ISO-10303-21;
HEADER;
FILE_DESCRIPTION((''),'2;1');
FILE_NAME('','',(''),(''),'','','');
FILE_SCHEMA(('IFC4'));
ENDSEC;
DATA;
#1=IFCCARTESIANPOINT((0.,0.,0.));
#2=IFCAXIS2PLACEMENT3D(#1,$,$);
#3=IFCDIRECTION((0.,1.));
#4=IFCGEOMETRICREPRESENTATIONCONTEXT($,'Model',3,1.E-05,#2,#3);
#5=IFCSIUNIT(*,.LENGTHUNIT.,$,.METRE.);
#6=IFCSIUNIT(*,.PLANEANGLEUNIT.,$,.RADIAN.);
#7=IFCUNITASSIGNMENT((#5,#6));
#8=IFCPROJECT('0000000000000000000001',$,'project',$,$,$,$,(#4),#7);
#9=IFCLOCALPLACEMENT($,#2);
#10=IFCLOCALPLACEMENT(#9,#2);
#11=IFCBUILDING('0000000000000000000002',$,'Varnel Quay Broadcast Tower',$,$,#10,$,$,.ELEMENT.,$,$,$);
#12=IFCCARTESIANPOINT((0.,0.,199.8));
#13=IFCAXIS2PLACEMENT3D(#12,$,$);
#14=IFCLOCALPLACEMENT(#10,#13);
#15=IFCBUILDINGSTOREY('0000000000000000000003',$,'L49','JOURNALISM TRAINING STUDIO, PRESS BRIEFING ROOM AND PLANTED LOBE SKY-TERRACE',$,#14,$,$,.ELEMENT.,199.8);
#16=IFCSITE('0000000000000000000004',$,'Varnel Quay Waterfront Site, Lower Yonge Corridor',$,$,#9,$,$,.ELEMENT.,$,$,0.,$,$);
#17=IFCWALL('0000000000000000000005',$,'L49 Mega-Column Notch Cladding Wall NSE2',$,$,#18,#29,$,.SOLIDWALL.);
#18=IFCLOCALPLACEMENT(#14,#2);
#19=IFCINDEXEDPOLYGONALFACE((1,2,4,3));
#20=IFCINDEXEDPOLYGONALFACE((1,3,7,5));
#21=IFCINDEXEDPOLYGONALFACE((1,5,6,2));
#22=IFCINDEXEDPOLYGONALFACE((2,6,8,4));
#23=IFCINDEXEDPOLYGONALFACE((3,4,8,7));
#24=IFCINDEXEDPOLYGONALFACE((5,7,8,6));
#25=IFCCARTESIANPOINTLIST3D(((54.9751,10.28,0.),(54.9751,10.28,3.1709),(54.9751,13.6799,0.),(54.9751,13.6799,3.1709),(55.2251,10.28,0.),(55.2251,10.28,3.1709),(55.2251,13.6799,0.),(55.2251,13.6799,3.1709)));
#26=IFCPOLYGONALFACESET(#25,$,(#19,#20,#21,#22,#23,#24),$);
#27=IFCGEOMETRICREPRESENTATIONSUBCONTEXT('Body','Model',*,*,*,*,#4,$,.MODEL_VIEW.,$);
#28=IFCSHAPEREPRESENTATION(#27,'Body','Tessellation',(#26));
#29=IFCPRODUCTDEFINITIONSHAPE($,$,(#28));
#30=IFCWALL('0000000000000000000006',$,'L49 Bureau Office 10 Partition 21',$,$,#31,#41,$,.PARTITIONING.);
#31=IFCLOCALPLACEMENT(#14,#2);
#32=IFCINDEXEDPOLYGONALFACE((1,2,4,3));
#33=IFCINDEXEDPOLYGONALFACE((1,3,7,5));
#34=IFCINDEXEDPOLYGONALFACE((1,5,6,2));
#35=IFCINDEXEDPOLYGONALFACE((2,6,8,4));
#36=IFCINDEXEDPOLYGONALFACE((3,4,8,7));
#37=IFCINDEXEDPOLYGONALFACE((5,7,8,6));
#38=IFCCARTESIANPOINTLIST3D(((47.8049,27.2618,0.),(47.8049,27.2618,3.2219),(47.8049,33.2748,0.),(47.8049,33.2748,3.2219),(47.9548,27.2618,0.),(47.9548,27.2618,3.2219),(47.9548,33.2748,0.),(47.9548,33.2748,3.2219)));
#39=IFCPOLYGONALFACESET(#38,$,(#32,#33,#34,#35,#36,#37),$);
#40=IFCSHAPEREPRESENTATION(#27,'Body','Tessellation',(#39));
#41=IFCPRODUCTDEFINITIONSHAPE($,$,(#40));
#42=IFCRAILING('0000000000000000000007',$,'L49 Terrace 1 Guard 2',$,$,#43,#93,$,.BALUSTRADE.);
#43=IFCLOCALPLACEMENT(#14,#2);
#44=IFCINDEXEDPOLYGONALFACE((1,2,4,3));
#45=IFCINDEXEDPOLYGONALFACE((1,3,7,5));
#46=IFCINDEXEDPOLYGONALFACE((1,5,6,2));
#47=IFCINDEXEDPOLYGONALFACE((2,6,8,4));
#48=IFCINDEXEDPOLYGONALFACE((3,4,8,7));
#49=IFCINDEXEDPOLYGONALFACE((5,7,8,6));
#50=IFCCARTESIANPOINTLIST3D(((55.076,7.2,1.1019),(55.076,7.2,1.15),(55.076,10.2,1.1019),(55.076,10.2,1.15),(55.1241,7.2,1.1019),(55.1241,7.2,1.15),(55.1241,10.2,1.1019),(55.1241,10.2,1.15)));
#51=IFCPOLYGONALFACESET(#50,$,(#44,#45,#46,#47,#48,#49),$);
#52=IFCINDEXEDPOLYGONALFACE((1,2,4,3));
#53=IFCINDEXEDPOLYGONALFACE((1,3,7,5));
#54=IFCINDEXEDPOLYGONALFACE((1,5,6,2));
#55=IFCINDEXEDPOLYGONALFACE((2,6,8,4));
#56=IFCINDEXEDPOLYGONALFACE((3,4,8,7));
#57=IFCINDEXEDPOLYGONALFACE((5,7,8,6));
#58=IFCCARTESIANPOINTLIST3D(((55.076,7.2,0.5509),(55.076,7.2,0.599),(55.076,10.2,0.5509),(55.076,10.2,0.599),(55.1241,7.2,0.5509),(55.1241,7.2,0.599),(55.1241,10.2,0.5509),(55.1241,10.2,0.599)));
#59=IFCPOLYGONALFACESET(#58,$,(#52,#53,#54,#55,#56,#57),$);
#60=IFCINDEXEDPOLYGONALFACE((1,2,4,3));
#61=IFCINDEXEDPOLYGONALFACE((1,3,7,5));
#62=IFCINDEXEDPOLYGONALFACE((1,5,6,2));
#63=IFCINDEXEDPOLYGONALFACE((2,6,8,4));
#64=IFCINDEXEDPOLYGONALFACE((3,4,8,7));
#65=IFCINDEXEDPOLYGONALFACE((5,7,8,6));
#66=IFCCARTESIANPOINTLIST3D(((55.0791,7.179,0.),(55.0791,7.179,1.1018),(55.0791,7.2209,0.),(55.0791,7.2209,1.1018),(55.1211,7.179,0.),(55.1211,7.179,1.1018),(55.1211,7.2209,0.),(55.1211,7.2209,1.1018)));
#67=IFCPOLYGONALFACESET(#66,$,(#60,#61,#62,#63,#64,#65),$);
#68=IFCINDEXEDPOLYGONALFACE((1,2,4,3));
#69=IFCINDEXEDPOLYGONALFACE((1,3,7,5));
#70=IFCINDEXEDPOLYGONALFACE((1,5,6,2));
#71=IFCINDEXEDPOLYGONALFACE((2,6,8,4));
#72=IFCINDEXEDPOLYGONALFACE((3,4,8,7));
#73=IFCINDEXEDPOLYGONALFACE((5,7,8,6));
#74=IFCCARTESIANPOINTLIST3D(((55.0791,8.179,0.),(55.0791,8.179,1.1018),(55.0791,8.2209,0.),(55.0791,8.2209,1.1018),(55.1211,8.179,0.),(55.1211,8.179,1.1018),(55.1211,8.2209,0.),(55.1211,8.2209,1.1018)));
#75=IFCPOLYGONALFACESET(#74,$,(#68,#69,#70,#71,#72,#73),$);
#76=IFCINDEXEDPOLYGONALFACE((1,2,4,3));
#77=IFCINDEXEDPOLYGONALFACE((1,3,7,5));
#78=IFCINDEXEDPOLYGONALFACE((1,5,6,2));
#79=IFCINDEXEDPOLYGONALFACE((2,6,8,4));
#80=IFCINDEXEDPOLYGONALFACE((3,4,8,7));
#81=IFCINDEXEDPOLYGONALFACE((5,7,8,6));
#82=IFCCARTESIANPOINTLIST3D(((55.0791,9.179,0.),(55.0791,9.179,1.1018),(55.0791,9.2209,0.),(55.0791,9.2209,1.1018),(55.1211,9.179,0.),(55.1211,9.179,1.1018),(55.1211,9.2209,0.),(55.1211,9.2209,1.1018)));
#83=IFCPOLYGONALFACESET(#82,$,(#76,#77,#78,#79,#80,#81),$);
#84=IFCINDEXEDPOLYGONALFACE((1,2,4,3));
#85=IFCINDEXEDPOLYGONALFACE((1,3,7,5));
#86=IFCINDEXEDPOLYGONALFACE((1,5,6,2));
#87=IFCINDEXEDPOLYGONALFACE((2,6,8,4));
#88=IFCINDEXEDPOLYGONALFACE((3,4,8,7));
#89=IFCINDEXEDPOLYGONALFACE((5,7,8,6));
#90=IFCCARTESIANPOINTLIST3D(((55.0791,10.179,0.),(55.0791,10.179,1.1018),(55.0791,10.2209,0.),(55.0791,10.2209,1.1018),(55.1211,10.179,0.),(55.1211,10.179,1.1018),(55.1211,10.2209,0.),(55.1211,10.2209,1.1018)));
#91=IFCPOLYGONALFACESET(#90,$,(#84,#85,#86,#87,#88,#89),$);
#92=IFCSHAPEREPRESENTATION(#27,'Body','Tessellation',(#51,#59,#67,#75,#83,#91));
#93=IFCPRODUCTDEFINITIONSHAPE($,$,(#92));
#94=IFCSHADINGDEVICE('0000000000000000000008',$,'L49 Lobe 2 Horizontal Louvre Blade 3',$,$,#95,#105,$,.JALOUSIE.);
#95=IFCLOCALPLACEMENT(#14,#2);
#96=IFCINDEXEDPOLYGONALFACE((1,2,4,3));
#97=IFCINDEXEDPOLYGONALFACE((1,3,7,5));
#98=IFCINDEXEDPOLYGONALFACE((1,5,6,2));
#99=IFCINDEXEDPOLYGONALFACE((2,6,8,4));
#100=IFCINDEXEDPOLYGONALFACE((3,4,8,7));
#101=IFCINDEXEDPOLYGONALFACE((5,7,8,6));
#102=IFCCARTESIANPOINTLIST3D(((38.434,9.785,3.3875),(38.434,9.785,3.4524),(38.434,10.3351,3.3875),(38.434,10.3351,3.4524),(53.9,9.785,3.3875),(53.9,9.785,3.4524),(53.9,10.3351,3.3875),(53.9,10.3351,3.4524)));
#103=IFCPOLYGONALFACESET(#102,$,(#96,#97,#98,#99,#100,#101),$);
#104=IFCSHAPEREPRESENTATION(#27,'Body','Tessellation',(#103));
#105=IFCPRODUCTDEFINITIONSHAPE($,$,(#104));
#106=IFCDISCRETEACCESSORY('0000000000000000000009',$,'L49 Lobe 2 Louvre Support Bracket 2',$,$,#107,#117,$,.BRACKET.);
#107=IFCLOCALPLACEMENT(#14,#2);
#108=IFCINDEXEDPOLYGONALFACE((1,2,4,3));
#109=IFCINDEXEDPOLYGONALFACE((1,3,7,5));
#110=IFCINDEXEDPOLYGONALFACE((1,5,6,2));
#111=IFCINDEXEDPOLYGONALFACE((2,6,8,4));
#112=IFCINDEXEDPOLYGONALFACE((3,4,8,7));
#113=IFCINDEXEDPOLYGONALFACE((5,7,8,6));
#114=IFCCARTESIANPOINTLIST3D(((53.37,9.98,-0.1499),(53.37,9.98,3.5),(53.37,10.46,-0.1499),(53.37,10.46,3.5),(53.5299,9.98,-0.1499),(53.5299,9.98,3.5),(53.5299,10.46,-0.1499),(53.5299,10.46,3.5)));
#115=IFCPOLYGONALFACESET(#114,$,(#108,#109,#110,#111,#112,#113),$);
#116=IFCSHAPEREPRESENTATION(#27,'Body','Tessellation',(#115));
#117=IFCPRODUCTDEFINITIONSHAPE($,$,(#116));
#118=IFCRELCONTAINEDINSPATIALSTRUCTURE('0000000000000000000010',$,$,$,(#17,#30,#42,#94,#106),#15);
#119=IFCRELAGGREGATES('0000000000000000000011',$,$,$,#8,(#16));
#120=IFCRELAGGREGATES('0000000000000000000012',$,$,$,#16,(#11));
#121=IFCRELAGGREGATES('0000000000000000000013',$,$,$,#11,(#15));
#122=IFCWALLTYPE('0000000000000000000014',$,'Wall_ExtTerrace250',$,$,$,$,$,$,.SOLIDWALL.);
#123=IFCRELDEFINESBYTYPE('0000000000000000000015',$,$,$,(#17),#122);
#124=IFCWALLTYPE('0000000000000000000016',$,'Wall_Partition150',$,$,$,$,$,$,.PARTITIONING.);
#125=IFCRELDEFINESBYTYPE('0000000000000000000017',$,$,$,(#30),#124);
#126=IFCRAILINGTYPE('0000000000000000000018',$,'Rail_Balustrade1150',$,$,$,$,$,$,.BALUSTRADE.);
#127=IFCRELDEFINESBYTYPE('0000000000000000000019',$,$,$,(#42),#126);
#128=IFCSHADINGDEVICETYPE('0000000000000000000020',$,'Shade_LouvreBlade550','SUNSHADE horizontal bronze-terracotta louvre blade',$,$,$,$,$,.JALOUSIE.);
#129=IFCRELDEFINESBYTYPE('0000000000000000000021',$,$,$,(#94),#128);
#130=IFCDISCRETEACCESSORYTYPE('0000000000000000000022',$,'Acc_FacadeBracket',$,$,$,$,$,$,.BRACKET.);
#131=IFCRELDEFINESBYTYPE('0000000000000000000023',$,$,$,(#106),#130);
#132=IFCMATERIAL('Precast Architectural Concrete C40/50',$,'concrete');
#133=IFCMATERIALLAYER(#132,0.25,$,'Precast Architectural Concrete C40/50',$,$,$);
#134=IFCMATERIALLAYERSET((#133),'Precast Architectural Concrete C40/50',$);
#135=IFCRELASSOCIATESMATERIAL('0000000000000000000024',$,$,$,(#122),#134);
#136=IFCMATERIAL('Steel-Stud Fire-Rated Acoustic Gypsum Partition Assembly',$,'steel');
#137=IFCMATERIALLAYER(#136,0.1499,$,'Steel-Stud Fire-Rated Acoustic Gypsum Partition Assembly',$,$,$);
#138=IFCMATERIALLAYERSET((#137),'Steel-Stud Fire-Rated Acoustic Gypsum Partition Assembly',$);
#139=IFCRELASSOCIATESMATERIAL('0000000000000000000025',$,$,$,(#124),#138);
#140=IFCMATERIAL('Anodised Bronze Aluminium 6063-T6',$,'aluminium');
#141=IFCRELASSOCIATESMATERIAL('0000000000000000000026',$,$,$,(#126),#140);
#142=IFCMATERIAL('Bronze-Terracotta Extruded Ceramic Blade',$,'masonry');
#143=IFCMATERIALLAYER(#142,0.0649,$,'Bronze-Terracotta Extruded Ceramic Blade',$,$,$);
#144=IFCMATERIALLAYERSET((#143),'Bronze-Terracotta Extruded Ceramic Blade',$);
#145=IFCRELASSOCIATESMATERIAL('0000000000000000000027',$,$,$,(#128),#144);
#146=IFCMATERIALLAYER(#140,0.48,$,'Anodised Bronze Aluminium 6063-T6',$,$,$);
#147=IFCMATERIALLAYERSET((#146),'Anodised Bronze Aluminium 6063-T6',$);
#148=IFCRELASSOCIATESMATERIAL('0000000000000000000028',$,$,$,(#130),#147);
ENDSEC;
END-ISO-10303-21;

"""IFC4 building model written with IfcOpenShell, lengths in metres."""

from ifc_helpers import new_model, si_unit, direction, frame, frame_2d, origin, origin_2d, place, context, subcontext, project, spatial, rectangle, extrude, source, transform, mapped, material, layer, layer_set, type_object, type_shapes, element, save


model = new_model("IFC4")

# Units and contexts
model_context = context("Model", 3, precision=1e-05, world=origin(), true_north=direction((0.0, 1.0)))
body_context = subcontext(model_context, "Body", "Model", "MODEL_VIEW")
ifc_project = project(units=[si_unit("LENGTHUNIT", "METRE"), si_unit("PLANEANGLEUNIT", "RADIAN")], contexts=[model_context])

# Site, building, storey
site_placement = place(None, origin())
site = spatial("IfcSite", under=ifc_project, at=site_placement, Name="Varnel Quay Waterfront Site, Lower Yonge Corridor", CompositionType="ELEMENT", RefElevation=0.0)
building_placement = place(site_placement, origin())
building = spatial("IfcBuilding", under=site, at=building_placement, Name="Varnel Quay Broadcast Tower", CompositionType="ELEMENT")
storey_placement = place(building_placement, frame((0.0, 0.0, 199.8)))
storey = spatial("IfcBuildingStorey", under=building, at=storey_placement, Name="L49", Description="JOURNALISM TRAINING STUDIO, PRESS BRIEFING ROOM AND PLANTED LOBE SKY-TERRACE", CompositionType="ELEMENT", Elevation=199.8)

# Shared definitions
ifc_material_1 = material(Name="Anodised Bronze Aluminium 6063-T6", Category="aluminium")

# Walls
ifc_material_2 = material(Name="Precast Architectural Concrete C40/50", Category="concrete")
ifc_layer_1 = layer(ifc_material_2, 0.25, Name="Precast Architectural Concrete C40/50")
ifc_layer_set_1 = layer_set([ifc_layer_1], Name="Precast Architectural Concrete C40/50")
wall_type_1 = type_object("IfcWallType", Name="Wall_ExtTerrace250", PredefinedType="SOLIDWALL", material=ifc_layer_set_1)
wall_1_placement = place(storey_placement, frame((55.1001, 10.28, 0.0), z_axis=(0.0, 0.0, 1.0), x_axis=(0.0, 1.0, 0.0)))
element("IfcWall", 1, at=wall_1_placement, inside=storey, type_object=wall_type_1, Name="L49 Mega-Column Notch Cladding Wall NSE2", PredefinedType="SOLIDWALL", context=body_context, shape_type="SweptSolid", body=[
    extrude(rectangle(XDim=3.3999, YDim=0.25, at=frame_2d((1.7, 0.0))), origin(), (0.0, 0.0, 1.0), 3.1709),
])
ifc_material_3 = material(Name="Steel-Stud Fire-Rated Acoustic Gypsum Partition Assembly", Category="steel")
ifc_layer_2 = layer(ifc_material_3, 0.1499, Name="Steel-Stud Fire-Rated Acoustic Gypsum Partition Assembly")
ifc_layer_set_2 = layer_set([ifc_layer_2], Name="Steel-Stud Fire-Rated Acoustic Gypsum Partition Assembly")
wall_type_2 = type_object("IfcWallType", Name="Wall_Partition150", PredefinedType="PARTITIONING", material=ifc_layer_set_2)
wall_2_placement = place(storey_placement, frame((47.8799, 27.262, 0.0), z_axis=(0.0, 0.0, 1.0), x_axis=(0.0, 1.0, 0.0)))
element("IfcWall", 2, at=wall_2_placement, inside=storey, type_object=wall_type_2, Name="L49 Bureau Office 10 Partition 21", PredefinedType="PARTITIONING", context=body_context, shape_type="SweptSolid", body=[
    extrude(rectangle(XDim=6.0129, YDim=0.1499, at=frame_2d((3.0063, 0.0))), origin(), (0.0, 0.0, 1.0), 3.2219),
])

# Railing
railing_type = type_object("IfcRailingType", Name="Rail_Balustrade1150", PredefinedType="BALUSTRADE", material=ifc_material_1)
railing_placement = place(storey_placement, frame((55.1001, 7.2, 0.0)))
element("IfcRailing", 3, at=railing_placement, inside=storey, type_object=railing_type, Name="L49 Terrace 1 Guard 2", PredefinedType="BALUSTRADE", context=body_context, shape_type="SweptSolid", body=[
    extrude(rectangle(XDim=0.0481, YDim=0.0481, at=origin_2d()), frame((0.0, 0.0, 1.126), z_axis=(0.0, 1.0, 0.0), x_axis=(-1.0, 0.0, 0.0)), (0.0, 0.0, 1.0), 3.0),
    extrude(rectangle(XDim=0.0481, YDim=0.0481, at=origin_2d()), frame((0.0, 0.0, 0.575), z_axis=(0.0, 1.0, 0.0), x_axis=(-1.0, 0.0, 0.0)), (0.0, 0.0, 1.0), 3.0),
    extrude(rectangle(XDim=0.042, YDim=0.042, at=origin_2d()), origin(), (0.0, 0.0, 1.0), 1.1018),
    extrude(rectangle(XDim=0.042, YDim=0.042, at=origin_2d()), frame((0.0, 1.0, 0.0)), (0.0, 0.0, 1.0), 1.1018),
    extrude(rectangle(XDim=0.042, YDim=0.042, at=origin_2d()), frame((0.0, 2.0, 0.0)), (0.0, 0.0, 1.0), 1.1018),
    extrude(rectangle(XDim=0.042, YDim=0.042, at=origin_2d()), frame((0.0, 3.0, 0.0)), (0.0, 0.0, 1.0), 1.1018),
])

# Shading device
ifc_material_4 = material(Name="Bronze-Terracotta Extruded Ceramic Blade", Category="masonry")
ifc_layer_3 = layer(ifc_material_4, 0.0649, Name="Bronze-Terracotta Extruded Ceramic Blade")
ifc_layer_set_3 = layer_set([ifc_layer_3], Name="Bronze-Terracotta Extruded Ceramic Blade")
shading_device_type = type_object("IfcShadingDeviceType", Name="Shade_LouvreBlade550", Description="SUNSHADE horizontal bronze-terracotta louvre blade", PredefinedType="JALOUSIE", material=ifc_layer_set_3)
shared_shape_1 = source(origin(), body_context, "Body", "SweptSolid", [
    extrude(rectangle(XDim=15.4661, YDim=0.55, at=origin_2d()), origin(), (0.0, 0.0, 1.0), 0.0649),
])
type_shapes(shading_device_type, [shared_shape_1])
shading_device_placement = place(storey_placement, frame((46.167, 10.0601, 3.3875), z_axis=(0.0, 0.0, 1.0), x_axis=(1.0, 0.0, 0.0)))
element("IfcShadingDevice", 4, at=shading_device_placement, inside=storey, type_object=shading_device_type, Name="L49 Lobe 2 Horizontal Louvre Blade 3", PredefinedType="JALOUSIE", context=body_context, shape_type="MappedRepresentation", body=[
    mapped(shared_shape_1, transform((0.0, 0.0, 0.0), x_axis=(1.0, 0.0, 0.0), y_axis=(0.0, 1.0, 0.0), z_axis=(0.0, 0.0, 1.0), scale=1.0)),
])

# Discrete accessory
ifc_layer_4 = layer(ifc_material_1, 0.48, Name="Anodised Bronze Aluminium 6063-T6")
ifc_layer_set_4 = layer_set([ifc_layer_4], Name="Anodised Bronze Aluminium 6063-T6")
discrete_accessory_type = type_object("IfcDiscreteAccessoryType", Name="Acc_FacadeBracket", PredefinedType="BRACKET", material=ifc_layer_set_4)
shared_shape_2 = source(origin(), body_context, "Body", "SweptSolid", [
    extrude(rectangle(XDim=0.1599, YDim=0.48, at=origin_2d()), origin(), (0.0, 0.0, 1.0), 3.6499),
])
type_shapes(discrete_accessory_type, [shared_shape_2])
discrete_accessory_placement = place(storey_placement, frame((53.45, 10.22, -0.1499), z_axis=(0.0, 0.0, 1.0), x_axis=(1.0, 0.0, 0.0)))
element("IfcDiscreteAccessory", 5, at=discrete_accessory_placement, inside=storey, type_object=discrete_accessory_type, Name="L49 Lobe 2 Louvre Support Bracket 2", PredefinedType="BRACKET", context=body_context, shape_type="MappedRepresentation", body=[
    mapped(shared_shape_2, transform((0.0, 0.0, 0.0), x_axis=(1.0, 0.0, 0.0), y_axis=(0.0, 1.0, 0.0), z_axis=(0.0, 0.0, 1.0), scale=1.0)),
])

save(model, "model.ifc")
